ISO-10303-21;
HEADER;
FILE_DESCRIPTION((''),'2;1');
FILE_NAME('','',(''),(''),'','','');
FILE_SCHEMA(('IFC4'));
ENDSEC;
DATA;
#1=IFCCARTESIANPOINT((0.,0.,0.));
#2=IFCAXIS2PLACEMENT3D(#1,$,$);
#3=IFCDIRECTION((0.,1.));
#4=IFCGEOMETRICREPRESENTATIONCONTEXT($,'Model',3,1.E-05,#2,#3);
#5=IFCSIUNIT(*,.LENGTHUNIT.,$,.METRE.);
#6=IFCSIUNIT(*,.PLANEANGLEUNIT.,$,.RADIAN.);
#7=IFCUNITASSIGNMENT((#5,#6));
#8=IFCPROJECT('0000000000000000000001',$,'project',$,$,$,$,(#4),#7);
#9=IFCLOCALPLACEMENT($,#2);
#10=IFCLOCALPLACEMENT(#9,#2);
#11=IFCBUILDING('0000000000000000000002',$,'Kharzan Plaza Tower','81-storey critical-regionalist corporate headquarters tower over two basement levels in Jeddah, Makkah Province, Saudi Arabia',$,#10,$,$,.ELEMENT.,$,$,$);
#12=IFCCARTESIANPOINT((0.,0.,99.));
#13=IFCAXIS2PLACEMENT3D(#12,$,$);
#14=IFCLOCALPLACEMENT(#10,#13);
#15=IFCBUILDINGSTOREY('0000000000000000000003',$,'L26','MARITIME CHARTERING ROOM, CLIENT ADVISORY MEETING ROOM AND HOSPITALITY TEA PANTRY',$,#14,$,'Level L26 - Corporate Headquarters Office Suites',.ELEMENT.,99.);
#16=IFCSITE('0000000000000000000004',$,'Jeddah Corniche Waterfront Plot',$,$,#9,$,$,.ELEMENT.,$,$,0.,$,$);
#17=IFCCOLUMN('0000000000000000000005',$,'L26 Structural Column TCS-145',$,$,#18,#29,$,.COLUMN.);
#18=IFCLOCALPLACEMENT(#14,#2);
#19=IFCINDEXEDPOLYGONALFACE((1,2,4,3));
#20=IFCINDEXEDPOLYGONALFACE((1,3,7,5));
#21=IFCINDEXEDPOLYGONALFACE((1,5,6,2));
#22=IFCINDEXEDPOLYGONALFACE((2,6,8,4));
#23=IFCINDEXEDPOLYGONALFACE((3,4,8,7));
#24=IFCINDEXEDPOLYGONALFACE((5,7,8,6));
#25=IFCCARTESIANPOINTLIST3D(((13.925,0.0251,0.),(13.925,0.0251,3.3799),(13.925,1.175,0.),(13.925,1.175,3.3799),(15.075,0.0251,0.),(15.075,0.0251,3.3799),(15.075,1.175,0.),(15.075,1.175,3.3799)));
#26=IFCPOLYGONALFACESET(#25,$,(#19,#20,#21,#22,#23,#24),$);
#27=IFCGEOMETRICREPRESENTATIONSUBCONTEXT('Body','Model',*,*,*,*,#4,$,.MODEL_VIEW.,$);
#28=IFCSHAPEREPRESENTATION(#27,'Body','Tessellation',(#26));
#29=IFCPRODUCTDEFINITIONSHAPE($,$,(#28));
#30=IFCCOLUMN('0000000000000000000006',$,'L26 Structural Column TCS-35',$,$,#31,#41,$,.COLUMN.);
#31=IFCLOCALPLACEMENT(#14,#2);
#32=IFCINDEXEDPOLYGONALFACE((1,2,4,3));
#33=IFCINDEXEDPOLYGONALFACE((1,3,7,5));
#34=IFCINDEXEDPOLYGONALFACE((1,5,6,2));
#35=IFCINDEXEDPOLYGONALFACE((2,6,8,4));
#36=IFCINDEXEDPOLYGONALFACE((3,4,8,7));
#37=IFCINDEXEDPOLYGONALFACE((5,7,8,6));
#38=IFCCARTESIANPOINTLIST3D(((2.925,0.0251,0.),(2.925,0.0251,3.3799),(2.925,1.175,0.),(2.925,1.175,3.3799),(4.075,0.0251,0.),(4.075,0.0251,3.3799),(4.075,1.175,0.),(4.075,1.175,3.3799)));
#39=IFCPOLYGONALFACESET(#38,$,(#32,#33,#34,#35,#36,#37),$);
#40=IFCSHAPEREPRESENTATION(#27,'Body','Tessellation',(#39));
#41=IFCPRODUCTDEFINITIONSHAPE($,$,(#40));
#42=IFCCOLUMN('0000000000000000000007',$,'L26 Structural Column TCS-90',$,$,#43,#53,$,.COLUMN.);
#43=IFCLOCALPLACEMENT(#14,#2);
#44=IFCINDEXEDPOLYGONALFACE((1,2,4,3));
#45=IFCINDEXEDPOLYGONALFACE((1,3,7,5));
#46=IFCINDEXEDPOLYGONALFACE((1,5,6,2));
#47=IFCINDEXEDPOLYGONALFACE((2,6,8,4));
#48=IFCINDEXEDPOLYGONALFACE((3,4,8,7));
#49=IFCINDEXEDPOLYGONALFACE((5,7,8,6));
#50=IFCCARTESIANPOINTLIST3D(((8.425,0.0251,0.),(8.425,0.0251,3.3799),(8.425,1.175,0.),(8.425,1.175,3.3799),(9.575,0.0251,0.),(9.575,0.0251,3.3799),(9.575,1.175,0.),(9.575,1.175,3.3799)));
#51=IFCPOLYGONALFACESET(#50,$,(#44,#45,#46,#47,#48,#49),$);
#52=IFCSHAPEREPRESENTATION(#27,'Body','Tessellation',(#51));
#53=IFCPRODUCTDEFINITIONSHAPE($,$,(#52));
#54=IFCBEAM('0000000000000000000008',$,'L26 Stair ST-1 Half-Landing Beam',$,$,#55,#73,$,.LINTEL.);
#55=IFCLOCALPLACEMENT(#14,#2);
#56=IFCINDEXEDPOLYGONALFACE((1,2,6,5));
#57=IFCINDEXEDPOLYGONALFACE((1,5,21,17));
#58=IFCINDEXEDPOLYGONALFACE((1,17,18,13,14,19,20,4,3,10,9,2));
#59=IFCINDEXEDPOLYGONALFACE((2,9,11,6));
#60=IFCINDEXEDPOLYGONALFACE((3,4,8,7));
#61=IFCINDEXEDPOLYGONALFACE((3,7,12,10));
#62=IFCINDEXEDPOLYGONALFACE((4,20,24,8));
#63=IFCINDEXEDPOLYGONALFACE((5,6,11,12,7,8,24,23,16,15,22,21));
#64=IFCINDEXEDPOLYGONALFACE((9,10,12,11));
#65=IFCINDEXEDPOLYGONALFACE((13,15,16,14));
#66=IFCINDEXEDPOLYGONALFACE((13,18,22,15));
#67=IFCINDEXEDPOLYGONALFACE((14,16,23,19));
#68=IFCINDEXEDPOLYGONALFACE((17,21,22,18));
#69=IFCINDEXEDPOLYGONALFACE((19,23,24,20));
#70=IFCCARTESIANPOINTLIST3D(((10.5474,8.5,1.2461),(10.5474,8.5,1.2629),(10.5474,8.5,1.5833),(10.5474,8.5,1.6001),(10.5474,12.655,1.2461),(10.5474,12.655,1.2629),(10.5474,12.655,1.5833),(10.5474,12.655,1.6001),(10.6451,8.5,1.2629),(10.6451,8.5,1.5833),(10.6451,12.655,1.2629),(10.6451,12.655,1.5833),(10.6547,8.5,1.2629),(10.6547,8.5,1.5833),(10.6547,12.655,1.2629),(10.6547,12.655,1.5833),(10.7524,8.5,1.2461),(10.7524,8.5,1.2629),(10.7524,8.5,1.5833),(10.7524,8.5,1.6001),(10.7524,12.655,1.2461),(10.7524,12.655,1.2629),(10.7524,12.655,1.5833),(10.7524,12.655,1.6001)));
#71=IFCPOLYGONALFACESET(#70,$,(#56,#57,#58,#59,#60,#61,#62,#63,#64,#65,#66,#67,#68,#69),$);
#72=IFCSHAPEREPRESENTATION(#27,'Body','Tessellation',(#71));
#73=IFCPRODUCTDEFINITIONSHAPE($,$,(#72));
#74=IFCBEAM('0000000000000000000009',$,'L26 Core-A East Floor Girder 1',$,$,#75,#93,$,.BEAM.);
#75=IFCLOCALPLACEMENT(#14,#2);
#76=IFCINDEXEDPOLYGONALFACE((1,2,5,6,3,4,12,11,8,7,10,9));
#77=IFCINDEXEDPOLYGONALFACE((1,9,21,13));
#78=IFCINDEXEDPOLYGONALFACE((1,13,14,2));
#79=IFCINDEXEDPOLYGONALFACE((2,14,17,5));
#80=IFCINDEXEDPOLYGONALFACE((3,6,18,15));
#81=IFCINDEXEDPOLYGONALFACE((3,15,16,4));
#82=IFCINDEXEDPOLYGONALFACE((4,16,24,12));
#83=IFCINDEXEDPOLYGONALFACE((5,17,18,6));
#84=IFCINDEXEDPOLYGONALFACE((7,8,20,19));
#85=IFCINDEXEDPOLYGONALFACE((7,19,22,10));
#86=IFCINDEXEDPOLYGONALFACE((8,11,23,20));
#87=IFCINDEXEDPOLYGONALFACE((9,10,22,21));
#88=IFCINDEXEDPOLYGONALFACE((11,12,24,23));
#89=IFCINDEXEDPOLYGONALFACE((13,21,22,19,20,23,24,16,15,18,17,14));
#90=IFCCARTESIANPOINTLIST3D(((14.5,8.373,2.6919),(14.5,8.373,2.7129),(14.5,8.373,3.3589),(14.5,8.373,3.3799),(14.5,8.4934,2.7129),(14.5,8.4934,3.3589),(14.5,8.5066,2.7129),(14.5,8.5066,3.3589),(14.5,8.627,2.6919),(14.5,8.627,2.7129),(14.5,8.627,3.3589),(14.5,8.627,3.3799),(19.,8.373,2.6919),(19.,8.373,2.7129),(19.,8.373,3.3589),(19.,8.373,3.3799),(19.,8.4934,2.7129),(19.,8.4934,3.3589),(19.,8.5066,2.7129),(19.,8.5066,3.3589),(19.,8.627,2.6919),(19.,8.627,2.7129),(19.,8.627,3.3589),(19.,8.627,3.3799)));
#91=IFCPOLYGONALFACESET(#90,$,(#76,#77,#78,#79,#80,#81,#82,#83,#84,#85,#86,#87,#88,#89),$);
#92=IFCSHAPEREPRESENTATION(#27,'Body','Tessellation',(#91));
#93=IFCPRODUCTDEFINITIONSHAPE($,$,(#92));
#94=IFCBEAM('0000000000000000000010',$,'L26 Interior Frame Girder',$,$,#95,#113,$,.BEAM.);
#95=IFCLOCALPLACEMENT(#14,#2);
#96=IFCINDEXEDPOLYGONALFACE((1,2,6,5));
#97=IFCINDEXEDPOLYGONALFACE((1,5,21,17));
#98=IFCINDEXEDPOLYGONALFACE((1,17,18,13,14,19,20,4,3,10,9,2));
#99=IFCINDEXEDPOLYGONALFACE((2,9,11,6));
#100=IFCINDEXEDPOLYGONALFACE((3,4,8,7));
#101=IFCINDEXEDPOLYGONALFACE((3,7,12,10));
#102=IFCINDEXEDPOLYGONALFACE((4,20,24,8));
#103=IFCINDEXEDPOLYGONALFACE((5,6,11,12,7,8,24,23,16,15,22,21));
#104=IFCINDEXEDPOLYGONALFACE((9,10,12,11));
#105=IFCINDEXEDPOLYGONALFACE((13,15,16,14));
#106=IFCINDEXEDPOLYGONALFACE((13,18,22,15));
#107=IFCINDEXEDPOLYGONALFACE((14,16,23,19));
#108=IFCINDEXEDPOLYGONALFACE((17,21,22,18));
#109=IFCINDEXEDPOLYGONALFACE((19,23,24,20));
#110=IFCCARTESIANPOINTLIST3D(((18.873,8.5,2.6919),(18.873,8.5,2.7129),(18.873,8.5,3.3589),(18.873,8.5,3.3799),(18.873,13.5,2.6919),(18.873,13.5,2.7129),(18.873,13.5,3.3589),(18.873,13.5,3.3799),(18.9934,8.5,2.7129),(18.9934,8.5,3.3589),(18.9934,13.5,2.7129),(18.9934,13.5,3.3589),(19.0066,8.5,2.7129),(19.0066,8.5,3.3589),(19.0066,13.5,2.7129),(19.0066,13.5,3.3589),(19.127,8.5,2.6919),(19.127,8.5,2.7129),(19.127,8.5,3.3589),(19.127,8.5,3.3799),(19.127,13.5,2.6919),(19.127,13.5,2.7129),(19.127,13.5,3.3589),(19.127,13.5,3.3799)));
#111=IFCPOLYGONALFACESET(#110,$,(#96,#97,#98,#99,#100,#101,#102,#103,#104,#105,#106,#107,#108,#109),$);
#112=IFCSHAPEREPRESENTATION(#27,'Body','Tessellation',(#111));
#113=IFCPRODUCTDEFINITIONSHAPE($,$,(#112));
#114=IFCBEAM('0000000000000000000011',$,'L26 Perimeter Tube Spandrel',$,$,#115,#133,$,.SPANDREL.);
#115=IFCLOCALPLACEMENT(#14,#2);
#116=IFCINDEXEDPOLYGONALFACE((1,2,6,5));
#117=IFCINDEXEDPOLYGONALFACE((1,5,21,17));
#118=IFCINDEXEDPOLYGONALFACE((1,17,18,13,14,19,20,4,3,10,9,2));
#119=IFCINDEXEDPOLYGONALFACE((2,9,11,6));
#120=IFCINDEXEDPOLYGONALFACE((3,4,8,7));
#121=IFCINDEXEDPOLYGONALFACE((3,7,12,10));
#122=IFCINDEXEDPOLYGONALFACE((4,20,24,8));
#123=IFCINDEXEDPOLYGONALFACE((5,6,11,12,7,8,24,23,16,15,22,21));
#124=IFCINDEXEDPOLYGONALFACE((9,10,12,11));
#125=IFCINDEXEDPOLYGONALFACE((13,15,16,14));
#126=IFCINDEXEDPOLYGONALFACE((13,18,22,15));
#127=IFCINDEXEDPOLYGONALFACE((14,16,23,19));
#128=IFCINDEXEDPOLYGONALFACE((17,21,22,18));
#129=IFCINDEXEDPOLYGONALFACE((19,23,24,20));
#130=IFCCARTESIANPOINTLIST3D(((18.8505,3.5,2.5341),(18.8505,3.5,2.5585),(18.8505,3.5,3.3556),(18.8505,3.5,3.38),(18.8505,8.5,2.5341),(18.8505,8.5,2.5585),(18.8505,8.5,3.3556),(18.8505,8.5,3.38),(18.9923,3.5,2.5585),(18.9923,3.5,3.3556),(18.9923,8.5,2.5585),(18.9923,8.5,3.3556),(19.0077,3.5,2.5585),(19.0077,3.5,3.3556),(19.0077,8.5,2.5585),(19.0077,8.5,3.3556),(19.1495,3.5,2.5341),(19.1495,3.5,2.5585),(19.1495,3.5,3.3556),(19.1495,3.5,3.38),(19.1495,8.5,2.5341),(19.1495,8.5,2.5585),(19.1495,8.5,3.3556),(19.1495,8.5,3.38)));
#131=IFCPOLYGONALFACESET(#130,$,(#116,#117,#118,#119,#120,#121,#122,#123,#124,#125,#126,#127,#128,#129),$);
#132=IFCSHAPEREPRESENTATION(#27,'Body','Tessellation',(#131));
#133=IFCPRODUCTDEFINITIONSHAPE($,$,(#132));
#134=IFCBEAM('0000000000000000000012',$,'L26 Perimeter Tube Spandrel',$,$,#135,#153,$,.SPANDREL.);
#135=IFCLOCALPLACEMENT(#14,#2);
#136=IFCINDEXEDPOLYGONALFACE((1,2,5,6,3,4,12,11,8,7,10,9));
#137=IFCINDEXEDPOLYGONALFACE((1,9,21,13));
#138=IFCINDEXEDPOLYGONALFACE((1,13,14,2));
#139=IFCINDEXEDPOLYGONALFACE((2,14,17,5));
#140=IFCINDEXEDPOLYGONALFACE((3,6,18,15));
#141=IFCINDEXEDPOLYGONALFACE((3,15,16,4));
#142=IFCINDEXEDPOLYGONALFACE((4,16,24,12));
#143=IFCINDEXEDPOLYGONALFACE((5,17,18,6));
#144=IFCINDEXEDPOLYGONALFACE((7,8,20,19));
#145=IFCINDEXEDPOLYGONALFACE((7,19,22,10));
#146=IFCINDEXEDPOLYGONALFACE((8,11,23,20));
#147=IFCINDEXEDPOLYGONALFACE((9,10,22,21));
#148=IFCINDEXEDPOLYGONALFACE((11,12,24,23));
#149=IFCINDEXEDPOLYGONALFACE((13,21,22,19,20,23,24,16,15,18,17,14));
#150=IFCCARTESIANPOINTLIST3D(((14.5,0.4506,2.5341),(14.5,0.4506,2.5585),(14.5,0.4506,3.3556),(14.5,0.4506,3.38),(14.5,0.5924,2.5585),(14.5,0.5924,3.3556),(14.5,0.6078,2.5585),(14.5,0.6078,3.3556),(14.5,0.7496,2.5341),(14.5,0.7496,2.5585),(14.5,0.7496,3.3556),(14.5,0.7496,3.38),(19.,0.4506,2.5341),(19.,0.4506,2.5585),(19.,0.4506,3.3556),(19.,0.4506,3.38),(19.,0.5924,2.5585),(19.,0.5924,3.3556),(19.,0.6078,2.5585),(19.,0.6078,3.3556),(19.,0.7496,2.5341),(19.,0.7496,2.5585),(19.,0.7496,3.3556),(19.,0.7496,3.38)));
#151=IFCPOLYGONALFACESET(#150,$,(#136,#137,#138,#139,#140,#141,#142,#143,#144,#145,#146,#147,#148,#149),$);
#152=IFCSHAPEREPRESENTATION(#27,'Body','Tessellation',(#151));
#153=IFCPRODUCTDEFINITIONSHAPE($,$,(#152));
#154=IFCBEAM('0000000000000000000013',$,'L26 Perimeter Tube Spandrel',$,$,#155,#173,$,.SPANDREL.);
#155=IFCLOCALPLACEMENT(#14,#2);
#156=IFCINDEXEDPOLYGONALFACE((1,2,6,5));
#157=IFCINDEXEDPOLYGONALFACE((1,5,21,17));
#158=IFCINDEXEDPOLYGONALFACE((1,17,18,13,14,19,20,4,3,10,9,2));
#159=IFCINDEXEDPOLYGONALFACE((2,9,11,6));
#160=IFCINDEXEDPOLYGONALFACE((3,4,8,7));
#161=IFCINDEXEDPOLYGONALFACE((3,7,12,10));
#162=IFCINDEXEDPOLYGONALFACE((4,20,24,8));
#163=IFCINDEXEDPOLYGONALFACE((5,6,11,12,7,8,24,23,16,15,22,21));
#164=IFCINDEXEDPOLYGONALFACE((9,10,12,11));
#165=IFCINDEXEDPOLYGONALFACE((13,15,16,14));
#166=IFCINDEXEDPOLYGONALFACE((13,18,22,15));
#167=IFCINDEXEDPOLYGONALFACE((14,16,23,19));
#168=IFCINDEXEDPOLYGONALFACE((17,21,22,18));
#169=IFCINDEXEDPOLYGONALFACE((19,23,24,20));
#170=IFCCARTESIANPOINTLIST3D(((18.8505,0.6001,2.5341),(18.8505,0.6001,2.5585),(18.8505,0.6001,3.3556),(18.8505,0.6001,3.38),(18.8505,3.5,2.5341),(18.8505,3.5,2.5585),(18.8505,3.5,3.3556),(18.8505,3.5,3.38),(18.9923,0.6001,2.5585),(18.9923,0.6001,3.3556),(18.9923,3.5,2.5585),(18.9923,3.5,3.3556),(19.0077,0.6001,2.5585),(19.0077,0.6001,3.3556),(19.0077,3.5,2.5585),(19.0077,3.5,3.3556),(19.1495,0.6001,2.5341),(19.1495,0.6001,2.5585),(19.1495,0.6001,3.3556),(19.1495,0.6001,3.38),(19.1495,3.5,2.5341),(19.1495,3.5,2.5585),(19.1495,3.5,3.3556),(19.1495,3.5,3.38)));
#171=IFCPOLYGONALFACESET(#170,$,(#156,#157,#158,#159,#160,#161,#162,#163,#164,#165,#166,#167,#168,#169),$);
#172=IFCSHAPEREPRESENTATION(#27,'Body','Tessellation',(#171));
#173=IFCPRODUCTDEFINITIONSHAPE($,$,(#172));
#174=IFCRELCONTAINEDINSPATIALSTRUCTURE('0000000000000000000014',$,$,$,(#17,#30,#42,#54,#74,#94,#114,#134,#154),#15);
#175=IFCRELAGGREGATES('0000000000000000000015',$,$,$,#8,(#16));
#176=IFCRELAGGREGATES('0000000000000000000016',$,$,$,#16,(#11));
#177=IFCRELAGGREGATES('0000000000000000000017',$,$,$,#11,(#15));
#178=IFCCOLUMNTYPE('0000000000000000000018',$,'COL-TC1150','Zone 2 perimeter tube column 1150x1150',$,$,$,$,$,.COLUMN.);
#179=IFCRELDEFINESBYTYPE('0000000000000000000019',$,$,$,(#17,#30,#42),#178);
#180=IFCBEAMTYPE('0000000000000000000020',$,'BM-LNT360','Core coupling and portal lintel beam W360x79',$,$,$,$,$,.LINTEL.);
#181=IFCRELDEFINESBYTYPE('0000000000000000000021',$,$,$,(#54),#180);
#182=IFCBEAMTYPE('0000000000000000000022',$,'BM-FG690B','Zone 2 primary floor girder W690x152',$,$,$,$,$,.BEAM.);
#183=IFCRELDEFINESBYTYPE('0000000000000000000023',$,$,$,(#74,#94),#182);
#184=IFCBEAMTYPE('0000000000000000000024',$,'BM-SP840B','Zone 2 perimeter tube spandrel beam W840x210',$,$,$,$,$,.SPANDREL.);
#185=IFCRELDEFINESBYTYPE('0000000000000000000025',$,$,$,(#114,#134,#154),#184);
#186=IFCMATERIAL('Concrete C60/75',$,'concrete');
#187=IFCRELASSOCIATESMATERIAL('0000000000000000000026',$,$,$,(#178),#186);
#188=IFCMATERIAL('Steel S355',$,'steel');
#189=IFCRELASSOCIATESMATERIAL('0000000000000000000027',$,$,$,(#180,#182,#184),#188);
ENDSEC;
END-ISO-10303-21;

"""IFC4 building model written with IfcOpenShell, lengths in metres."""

from ifc_helpers import new_model, si_unit, direction, frame, origin, origin_2d, place, context, subcontext, project, spatial, rectangle, i_section, extrude, source, transform, mapped, material, material_profile, profile_set, type_object, element, save


model = new_model("IFC4")

# Units and contexts
model_context = context("Model", 3, precision=1e-05, world=origin(), true_north=direction((0.0, 1.0)))
body_context = subcontext(model_context, "Body", "Model", "MODEL_VIEW")
ifc_project = project(units=[si_unit("LENGTHUNIT", "METRE"), si_unit("PLANEANGLEUNIT", "RADIAN")], contexts=[model_context])

# Site, building, storey
site_placement = place(None, origin())
site = spatial("IfcSite", under=ifc_project, at=site_placement, Name="Jeddah Corniche Waterfront Plot", CompositionType="ELEMENT", RefElevation=0.0)
building_placement = place(site_placement, origin())
building = spatial("IfcBuilding", under=site, at=building_placement, Name="Kharzan Plaza Tower", Description="81-storey critical-regionalist corporate headquarters tower over two basement levels in Jeddah, Makkah Province, Saudi Arabia", CompositionType="ELEMENT")
storey_placement = place(building_placement, frame((0.0, 0.0, 99.0)))
storey = spatial("IfcBuildingStorey", under=building, at=storey_placement, Name="L26", Description="MARITIME CHARTERING ROOM, CLIENT ADVISORY MEETING ROOM AND HOSPITALITY TEA PANTRY", LongName="Level L26 - Corporate Headquarters Office Suites", CompositionType="ELEMENT", Elevation=99.0)

# Columns
ifc_material_1 = material(Name="Concrete C60/75", Category="concrete")
ifc_material_profile_1 = material_profile(ifc_material_1, rectangle(XDim=1.1499, YDim=1.1499, at=origin_2d()), Name="RC-TC1150x1150")
ifc_profile_set_1 = profile_set([ifc_material_profile_1], Name="Concrete C60/75")
column_type = type_object("IfcColumnType", Name="COL-TC1150", Description="Zone 2 perimeter tube column 1150x1150", PredefinedType="COLUMN", material=ifc_profile_set_1)
shared_shape_1 = source(origin(), body_context, "Body", "SweptSolid", [
    extrude(rectangle(XDim=1.1499, YDim=1.1499, at=origin_2d()), origin(), (0.0, 0.0, 1.0), 3.3799),
])
for number, where, z_axis, x_axis, name in (
    (1, (14.5, 0.6001, 0.0), (0.0, 0.0, 1.0), (1.0, 0.0, 0.0), "L26 Structural Column TCS-145"),
    (2, (3.5, 0.6001, 0.0), (0.0, 0.0, 1.0), (1.0, 0.0, 0.0), "L26 Structural Column TCS-35"),
    (3, (9.0, 0.6001, 0.0), (0.0, 0.0, 1.0), (1.0, 0.0, 0.0), "L26 Structural Column TCS-90"),
):
    element("IfcColumn", number, at=place(storey_placement, frame(where, z_axis=z_axis, x_axis=x_axis)), inside=storey, type_object=column_type, Name=name, PredefinedType="COLUMN", context=body_context, shape_type="MappedRepresentation", body=[
        mapped(shared_shape_1, transform((0.0, 0.0, 0.0), x_axis=(1.0, 0.0, 0.0), y_axis=(0.0, 1.0, 0.0), z_axis=(0.0, 0.0, 1.0))),
    ])

# Beams
ifc_material_2 = material(Name="Steel S355", Category="steel")
ifc_material_profile_2 = material_profile(ifc_material_2, i_section(OverallWidth=0.2051, OverallDepth=0.354, WebThickness=0.0095, FlangeThickness=0.0168, at=origin_2d()), Name="W360x79")
ifc_profile_set_2 = profile_set([ifc_material_profile_2], Name="Steel S355")
beam_type_1 = type_object("IfcBeamType", Name="BM-LNT360", Description="Core coupling and portal lintel beam W360x79", PredefinedType="LINTEL", material=ifc_profile_set_2)
shared_shape_2 = source(origin(), body_context, "Body", "SweptSolid", [
    extrude(i_section(OverallWidth=0.2051, OverallDepth=0.354, WebThickness=0.0095, FlangeThickness=0.0168, at=origin_2d()), origin(), (0.0, 0.0, 1.0), 4.155),
])
beam_1_placement = place(storey_placement, frame((10.6499, 8.5, 1.4231), z_axis=(0.0, 1.0, 0.0), x_axis=(-1.0, 0.0, 0.0)))
element("IfcBeam", 4, at=beam_1_placement, inside=storey, type_object=beam_type_1, Name="L26 Stair ST-1 Half-Landing Beam", PredefinedType="LINTEL", context=body_context, shape_type="MappedRepresentation", body=[
    mapped(shared_shape_2, transform((0.0, 0.0, 0.0), x_axis=(1.0, 0.0, 0.0), y_axis=(0.0, 1.0, 0.0), z_axis=(0.0, 0.0, 1.0))),
])
ifc_material_profile_3 = material_profile(ifc_material_2, i_section(OverallWidth=0.2539, OverallDepth=0.688, WebThickness=0.0132, FlangeThickness=0.021, at=origin_2d()), Name="W690x152")
ifc_profile_set_3 = profile_set([ifc_material_profile_3], Name="Steel S355")
beam_type_2 = type_object("IfcBeamType", Name="BM-FG690B", Description="Zone 2 primary floor girder W690x152", PredefinedType="BEAM", material=ifc_profile_set_3)
shared_shape_3 = source(origin(), body_context, "Body", "SweptSolid", [
    extrude(i_section(OverallWidth=0.2539, OverallDepth=0.688, WebThickness=0.0132, FlangeThickness=0.021, at=origin_2d()), origin(), (0.0, 0.0, 1.0), 4.5),
])
beam_2_placement = place(storey_placement, frame((14.5, 8.5, 3.0359), z_axis=(1.0, 0.0, 0.0), x_axis=(0.0, 1.0, 0.0)))
element("IfcBeam", 5, at=beam_2_placement, inside=storey, type_object=beam_type_2, Name="L26 Core-A East Floor Girder 1", PredefinedType="BEAM", context=body_context, shape_type="MappedRepresentation", body=[
    mapped(shared_shape_3, transform((0.0, 0.0, 0.0), x_axis=(1.0, 0.0, 0.0), y_axis=(0.0, 1.0, 0.0), z_axis=(0.0, 0.0, 1.0))),
])
shared_shape_4 = source(origin(), body_context, "Body", "SweptSolid", [
    extrude(i_section(OverallWidth=0.2539, OverallDepth=0.688, WebThickness=0.0132, FlangeThickness=0.021, at=origin_2d()), origin(), (0.0, 0.0, 1.0), 5.0),
])
beam_3_placement = place(storey_placement, frame((19.0, 8.5, 3.0359), z_axis=(0.0, 1.0, 0.0), x_axis=(-1.0, 0.0, 0.0)))
element("IfcBeam", 6, at=beam_3_placement, inside=storey, type_object=beam_type_2, Name="L26 Interior Frame Girder", PredefinedType="BEAM", context=body_context, shape_type="MappedRepresentation", body=[
    mapped(shared_shape_4, transform((0.0, 0.0, 0.0), x_axis=(1.0, 0.0, 0.0), y_axis=(0.0, 1.0, 0.0), z_axis=(0.0, 0.0, 1.0))),
])
ifc_material_profile_4 = material_profile(ifc_material_2, i_section(OverallWidth=0.2991, OverallDepth=0.8459, WebThickness=0.0154, FlangeThickness=0.0244, at=origin_2d()), Name="W840x210")
ifc_profile_set_4 = profile_set([ifc_material_profile_4], Name="Steel S355")
beam_type_3 = type_object("IfcBeamType", Name="BM-SP840B", Description="Zone 2 perimeter tube spandrel beam W840x210", PredefinedType="SPANDREL", material=ifc_profile_set_4)
shared_shape_5 = source(origin(), body_context, "Body", "SweptSolid", [
    extrude(i_section(OverallWidth=0.2991, OverallDepth=0.8459, WebThickness=0.0154, FlangeThickness=0.0244, at=origin_2d()), origin(), (0.0, 0.0, 1.0), 5.0),
])
beam_4_placement = place(storey_placement, frame((19.0, 3.5, 2.957), z_axis=(0.0, 1.0, 0.0), x_axis=(-1.0, 0.0, 0.0)))
element("IfcBeam", 7, at=beam_4_placement, inside=storey, type_object=beam_type_3, Name="L26 Perimeter Tube Spandrel", PredefinedType="SPANDREL", context=body_context, shape_type="MappedRepresentation", body=[
    mapped(shared_shape_5, transform((0.0, 0.0, 0.0), x_axis=(1.0, 0.0, 0.0), y_axis=(0.0, 1.0, 0.0), z_axis=(0.0, 0.0, 1.0))),
])
shared_shape_6 = source(origin(), body_context, "Body", "SweptSolid", [
    extrude(i_section(OverallWidth=0.2991, OverallDepth=0.8459, WebThickness=0.0154, FlangeThickness=0.0244, at=origin_2d()), origin(), (0.0, 0.0, 1.0), 4.5),
])
beam_5_placement = place(storey_placement, frame((14.5, 0.6001, 2.957), z_axis=(1.0, 0.0, 0.0), x_axis=(0.0, 1.0, 0.0)))
element("IfcBeam", 8, at=beam_5_placement, inside=storey, type_object=beam_type_3, Name="L26 Perimeter Tube Spandrel", PredefinedType="SPANDREL", context=body_context, shape_type="MappedRepresentation", body=[
    mapped(shared_shape_6, transform((0.0, 0.0, 0.0), x_axis=(1.0, 0.0, 0.0), y_axis=(0.0, 1.0, 0.0), z_axis=(0.0, 0.0, 1.0))),
])
shared_shape_7 = source(origin(), body_context, "Body", "SweptSolid", [
    extrude(i_section(OverallWidth=0.2991, OverallDepth=0.8459, WebThickness=0.0154, FlangeThickness=0.0244, at=origin_2d()), origin(), (0.0, 0.0, 1.0), 2.8999),
])
beam_6_placement = place(storey_placement, frame((19.0, 0.6001, 2.957), z_axis=(0.0, 1.0, 0.0), x_axis=(-1.0, 0.0, 0.0)))
element("IfcBeam", 9, at=beam_6_placement, inside=storey, type_object=beam_type_3, Name="L26 Perimeter Tube Spandrel", PredefinedType="SPANDREL", context=body_context, shape_type="MappedRepresentation", body=[
    mapped(shared_shape_7, transform((0.0, 0.0, 0.0), x_axis=(1.0, 0.0, 0.0), y_axis=(0.0, 1.0, 0.0), z_axis=(0.0, 0.0, 1.0))),
])

save(model, "model.ifc")
